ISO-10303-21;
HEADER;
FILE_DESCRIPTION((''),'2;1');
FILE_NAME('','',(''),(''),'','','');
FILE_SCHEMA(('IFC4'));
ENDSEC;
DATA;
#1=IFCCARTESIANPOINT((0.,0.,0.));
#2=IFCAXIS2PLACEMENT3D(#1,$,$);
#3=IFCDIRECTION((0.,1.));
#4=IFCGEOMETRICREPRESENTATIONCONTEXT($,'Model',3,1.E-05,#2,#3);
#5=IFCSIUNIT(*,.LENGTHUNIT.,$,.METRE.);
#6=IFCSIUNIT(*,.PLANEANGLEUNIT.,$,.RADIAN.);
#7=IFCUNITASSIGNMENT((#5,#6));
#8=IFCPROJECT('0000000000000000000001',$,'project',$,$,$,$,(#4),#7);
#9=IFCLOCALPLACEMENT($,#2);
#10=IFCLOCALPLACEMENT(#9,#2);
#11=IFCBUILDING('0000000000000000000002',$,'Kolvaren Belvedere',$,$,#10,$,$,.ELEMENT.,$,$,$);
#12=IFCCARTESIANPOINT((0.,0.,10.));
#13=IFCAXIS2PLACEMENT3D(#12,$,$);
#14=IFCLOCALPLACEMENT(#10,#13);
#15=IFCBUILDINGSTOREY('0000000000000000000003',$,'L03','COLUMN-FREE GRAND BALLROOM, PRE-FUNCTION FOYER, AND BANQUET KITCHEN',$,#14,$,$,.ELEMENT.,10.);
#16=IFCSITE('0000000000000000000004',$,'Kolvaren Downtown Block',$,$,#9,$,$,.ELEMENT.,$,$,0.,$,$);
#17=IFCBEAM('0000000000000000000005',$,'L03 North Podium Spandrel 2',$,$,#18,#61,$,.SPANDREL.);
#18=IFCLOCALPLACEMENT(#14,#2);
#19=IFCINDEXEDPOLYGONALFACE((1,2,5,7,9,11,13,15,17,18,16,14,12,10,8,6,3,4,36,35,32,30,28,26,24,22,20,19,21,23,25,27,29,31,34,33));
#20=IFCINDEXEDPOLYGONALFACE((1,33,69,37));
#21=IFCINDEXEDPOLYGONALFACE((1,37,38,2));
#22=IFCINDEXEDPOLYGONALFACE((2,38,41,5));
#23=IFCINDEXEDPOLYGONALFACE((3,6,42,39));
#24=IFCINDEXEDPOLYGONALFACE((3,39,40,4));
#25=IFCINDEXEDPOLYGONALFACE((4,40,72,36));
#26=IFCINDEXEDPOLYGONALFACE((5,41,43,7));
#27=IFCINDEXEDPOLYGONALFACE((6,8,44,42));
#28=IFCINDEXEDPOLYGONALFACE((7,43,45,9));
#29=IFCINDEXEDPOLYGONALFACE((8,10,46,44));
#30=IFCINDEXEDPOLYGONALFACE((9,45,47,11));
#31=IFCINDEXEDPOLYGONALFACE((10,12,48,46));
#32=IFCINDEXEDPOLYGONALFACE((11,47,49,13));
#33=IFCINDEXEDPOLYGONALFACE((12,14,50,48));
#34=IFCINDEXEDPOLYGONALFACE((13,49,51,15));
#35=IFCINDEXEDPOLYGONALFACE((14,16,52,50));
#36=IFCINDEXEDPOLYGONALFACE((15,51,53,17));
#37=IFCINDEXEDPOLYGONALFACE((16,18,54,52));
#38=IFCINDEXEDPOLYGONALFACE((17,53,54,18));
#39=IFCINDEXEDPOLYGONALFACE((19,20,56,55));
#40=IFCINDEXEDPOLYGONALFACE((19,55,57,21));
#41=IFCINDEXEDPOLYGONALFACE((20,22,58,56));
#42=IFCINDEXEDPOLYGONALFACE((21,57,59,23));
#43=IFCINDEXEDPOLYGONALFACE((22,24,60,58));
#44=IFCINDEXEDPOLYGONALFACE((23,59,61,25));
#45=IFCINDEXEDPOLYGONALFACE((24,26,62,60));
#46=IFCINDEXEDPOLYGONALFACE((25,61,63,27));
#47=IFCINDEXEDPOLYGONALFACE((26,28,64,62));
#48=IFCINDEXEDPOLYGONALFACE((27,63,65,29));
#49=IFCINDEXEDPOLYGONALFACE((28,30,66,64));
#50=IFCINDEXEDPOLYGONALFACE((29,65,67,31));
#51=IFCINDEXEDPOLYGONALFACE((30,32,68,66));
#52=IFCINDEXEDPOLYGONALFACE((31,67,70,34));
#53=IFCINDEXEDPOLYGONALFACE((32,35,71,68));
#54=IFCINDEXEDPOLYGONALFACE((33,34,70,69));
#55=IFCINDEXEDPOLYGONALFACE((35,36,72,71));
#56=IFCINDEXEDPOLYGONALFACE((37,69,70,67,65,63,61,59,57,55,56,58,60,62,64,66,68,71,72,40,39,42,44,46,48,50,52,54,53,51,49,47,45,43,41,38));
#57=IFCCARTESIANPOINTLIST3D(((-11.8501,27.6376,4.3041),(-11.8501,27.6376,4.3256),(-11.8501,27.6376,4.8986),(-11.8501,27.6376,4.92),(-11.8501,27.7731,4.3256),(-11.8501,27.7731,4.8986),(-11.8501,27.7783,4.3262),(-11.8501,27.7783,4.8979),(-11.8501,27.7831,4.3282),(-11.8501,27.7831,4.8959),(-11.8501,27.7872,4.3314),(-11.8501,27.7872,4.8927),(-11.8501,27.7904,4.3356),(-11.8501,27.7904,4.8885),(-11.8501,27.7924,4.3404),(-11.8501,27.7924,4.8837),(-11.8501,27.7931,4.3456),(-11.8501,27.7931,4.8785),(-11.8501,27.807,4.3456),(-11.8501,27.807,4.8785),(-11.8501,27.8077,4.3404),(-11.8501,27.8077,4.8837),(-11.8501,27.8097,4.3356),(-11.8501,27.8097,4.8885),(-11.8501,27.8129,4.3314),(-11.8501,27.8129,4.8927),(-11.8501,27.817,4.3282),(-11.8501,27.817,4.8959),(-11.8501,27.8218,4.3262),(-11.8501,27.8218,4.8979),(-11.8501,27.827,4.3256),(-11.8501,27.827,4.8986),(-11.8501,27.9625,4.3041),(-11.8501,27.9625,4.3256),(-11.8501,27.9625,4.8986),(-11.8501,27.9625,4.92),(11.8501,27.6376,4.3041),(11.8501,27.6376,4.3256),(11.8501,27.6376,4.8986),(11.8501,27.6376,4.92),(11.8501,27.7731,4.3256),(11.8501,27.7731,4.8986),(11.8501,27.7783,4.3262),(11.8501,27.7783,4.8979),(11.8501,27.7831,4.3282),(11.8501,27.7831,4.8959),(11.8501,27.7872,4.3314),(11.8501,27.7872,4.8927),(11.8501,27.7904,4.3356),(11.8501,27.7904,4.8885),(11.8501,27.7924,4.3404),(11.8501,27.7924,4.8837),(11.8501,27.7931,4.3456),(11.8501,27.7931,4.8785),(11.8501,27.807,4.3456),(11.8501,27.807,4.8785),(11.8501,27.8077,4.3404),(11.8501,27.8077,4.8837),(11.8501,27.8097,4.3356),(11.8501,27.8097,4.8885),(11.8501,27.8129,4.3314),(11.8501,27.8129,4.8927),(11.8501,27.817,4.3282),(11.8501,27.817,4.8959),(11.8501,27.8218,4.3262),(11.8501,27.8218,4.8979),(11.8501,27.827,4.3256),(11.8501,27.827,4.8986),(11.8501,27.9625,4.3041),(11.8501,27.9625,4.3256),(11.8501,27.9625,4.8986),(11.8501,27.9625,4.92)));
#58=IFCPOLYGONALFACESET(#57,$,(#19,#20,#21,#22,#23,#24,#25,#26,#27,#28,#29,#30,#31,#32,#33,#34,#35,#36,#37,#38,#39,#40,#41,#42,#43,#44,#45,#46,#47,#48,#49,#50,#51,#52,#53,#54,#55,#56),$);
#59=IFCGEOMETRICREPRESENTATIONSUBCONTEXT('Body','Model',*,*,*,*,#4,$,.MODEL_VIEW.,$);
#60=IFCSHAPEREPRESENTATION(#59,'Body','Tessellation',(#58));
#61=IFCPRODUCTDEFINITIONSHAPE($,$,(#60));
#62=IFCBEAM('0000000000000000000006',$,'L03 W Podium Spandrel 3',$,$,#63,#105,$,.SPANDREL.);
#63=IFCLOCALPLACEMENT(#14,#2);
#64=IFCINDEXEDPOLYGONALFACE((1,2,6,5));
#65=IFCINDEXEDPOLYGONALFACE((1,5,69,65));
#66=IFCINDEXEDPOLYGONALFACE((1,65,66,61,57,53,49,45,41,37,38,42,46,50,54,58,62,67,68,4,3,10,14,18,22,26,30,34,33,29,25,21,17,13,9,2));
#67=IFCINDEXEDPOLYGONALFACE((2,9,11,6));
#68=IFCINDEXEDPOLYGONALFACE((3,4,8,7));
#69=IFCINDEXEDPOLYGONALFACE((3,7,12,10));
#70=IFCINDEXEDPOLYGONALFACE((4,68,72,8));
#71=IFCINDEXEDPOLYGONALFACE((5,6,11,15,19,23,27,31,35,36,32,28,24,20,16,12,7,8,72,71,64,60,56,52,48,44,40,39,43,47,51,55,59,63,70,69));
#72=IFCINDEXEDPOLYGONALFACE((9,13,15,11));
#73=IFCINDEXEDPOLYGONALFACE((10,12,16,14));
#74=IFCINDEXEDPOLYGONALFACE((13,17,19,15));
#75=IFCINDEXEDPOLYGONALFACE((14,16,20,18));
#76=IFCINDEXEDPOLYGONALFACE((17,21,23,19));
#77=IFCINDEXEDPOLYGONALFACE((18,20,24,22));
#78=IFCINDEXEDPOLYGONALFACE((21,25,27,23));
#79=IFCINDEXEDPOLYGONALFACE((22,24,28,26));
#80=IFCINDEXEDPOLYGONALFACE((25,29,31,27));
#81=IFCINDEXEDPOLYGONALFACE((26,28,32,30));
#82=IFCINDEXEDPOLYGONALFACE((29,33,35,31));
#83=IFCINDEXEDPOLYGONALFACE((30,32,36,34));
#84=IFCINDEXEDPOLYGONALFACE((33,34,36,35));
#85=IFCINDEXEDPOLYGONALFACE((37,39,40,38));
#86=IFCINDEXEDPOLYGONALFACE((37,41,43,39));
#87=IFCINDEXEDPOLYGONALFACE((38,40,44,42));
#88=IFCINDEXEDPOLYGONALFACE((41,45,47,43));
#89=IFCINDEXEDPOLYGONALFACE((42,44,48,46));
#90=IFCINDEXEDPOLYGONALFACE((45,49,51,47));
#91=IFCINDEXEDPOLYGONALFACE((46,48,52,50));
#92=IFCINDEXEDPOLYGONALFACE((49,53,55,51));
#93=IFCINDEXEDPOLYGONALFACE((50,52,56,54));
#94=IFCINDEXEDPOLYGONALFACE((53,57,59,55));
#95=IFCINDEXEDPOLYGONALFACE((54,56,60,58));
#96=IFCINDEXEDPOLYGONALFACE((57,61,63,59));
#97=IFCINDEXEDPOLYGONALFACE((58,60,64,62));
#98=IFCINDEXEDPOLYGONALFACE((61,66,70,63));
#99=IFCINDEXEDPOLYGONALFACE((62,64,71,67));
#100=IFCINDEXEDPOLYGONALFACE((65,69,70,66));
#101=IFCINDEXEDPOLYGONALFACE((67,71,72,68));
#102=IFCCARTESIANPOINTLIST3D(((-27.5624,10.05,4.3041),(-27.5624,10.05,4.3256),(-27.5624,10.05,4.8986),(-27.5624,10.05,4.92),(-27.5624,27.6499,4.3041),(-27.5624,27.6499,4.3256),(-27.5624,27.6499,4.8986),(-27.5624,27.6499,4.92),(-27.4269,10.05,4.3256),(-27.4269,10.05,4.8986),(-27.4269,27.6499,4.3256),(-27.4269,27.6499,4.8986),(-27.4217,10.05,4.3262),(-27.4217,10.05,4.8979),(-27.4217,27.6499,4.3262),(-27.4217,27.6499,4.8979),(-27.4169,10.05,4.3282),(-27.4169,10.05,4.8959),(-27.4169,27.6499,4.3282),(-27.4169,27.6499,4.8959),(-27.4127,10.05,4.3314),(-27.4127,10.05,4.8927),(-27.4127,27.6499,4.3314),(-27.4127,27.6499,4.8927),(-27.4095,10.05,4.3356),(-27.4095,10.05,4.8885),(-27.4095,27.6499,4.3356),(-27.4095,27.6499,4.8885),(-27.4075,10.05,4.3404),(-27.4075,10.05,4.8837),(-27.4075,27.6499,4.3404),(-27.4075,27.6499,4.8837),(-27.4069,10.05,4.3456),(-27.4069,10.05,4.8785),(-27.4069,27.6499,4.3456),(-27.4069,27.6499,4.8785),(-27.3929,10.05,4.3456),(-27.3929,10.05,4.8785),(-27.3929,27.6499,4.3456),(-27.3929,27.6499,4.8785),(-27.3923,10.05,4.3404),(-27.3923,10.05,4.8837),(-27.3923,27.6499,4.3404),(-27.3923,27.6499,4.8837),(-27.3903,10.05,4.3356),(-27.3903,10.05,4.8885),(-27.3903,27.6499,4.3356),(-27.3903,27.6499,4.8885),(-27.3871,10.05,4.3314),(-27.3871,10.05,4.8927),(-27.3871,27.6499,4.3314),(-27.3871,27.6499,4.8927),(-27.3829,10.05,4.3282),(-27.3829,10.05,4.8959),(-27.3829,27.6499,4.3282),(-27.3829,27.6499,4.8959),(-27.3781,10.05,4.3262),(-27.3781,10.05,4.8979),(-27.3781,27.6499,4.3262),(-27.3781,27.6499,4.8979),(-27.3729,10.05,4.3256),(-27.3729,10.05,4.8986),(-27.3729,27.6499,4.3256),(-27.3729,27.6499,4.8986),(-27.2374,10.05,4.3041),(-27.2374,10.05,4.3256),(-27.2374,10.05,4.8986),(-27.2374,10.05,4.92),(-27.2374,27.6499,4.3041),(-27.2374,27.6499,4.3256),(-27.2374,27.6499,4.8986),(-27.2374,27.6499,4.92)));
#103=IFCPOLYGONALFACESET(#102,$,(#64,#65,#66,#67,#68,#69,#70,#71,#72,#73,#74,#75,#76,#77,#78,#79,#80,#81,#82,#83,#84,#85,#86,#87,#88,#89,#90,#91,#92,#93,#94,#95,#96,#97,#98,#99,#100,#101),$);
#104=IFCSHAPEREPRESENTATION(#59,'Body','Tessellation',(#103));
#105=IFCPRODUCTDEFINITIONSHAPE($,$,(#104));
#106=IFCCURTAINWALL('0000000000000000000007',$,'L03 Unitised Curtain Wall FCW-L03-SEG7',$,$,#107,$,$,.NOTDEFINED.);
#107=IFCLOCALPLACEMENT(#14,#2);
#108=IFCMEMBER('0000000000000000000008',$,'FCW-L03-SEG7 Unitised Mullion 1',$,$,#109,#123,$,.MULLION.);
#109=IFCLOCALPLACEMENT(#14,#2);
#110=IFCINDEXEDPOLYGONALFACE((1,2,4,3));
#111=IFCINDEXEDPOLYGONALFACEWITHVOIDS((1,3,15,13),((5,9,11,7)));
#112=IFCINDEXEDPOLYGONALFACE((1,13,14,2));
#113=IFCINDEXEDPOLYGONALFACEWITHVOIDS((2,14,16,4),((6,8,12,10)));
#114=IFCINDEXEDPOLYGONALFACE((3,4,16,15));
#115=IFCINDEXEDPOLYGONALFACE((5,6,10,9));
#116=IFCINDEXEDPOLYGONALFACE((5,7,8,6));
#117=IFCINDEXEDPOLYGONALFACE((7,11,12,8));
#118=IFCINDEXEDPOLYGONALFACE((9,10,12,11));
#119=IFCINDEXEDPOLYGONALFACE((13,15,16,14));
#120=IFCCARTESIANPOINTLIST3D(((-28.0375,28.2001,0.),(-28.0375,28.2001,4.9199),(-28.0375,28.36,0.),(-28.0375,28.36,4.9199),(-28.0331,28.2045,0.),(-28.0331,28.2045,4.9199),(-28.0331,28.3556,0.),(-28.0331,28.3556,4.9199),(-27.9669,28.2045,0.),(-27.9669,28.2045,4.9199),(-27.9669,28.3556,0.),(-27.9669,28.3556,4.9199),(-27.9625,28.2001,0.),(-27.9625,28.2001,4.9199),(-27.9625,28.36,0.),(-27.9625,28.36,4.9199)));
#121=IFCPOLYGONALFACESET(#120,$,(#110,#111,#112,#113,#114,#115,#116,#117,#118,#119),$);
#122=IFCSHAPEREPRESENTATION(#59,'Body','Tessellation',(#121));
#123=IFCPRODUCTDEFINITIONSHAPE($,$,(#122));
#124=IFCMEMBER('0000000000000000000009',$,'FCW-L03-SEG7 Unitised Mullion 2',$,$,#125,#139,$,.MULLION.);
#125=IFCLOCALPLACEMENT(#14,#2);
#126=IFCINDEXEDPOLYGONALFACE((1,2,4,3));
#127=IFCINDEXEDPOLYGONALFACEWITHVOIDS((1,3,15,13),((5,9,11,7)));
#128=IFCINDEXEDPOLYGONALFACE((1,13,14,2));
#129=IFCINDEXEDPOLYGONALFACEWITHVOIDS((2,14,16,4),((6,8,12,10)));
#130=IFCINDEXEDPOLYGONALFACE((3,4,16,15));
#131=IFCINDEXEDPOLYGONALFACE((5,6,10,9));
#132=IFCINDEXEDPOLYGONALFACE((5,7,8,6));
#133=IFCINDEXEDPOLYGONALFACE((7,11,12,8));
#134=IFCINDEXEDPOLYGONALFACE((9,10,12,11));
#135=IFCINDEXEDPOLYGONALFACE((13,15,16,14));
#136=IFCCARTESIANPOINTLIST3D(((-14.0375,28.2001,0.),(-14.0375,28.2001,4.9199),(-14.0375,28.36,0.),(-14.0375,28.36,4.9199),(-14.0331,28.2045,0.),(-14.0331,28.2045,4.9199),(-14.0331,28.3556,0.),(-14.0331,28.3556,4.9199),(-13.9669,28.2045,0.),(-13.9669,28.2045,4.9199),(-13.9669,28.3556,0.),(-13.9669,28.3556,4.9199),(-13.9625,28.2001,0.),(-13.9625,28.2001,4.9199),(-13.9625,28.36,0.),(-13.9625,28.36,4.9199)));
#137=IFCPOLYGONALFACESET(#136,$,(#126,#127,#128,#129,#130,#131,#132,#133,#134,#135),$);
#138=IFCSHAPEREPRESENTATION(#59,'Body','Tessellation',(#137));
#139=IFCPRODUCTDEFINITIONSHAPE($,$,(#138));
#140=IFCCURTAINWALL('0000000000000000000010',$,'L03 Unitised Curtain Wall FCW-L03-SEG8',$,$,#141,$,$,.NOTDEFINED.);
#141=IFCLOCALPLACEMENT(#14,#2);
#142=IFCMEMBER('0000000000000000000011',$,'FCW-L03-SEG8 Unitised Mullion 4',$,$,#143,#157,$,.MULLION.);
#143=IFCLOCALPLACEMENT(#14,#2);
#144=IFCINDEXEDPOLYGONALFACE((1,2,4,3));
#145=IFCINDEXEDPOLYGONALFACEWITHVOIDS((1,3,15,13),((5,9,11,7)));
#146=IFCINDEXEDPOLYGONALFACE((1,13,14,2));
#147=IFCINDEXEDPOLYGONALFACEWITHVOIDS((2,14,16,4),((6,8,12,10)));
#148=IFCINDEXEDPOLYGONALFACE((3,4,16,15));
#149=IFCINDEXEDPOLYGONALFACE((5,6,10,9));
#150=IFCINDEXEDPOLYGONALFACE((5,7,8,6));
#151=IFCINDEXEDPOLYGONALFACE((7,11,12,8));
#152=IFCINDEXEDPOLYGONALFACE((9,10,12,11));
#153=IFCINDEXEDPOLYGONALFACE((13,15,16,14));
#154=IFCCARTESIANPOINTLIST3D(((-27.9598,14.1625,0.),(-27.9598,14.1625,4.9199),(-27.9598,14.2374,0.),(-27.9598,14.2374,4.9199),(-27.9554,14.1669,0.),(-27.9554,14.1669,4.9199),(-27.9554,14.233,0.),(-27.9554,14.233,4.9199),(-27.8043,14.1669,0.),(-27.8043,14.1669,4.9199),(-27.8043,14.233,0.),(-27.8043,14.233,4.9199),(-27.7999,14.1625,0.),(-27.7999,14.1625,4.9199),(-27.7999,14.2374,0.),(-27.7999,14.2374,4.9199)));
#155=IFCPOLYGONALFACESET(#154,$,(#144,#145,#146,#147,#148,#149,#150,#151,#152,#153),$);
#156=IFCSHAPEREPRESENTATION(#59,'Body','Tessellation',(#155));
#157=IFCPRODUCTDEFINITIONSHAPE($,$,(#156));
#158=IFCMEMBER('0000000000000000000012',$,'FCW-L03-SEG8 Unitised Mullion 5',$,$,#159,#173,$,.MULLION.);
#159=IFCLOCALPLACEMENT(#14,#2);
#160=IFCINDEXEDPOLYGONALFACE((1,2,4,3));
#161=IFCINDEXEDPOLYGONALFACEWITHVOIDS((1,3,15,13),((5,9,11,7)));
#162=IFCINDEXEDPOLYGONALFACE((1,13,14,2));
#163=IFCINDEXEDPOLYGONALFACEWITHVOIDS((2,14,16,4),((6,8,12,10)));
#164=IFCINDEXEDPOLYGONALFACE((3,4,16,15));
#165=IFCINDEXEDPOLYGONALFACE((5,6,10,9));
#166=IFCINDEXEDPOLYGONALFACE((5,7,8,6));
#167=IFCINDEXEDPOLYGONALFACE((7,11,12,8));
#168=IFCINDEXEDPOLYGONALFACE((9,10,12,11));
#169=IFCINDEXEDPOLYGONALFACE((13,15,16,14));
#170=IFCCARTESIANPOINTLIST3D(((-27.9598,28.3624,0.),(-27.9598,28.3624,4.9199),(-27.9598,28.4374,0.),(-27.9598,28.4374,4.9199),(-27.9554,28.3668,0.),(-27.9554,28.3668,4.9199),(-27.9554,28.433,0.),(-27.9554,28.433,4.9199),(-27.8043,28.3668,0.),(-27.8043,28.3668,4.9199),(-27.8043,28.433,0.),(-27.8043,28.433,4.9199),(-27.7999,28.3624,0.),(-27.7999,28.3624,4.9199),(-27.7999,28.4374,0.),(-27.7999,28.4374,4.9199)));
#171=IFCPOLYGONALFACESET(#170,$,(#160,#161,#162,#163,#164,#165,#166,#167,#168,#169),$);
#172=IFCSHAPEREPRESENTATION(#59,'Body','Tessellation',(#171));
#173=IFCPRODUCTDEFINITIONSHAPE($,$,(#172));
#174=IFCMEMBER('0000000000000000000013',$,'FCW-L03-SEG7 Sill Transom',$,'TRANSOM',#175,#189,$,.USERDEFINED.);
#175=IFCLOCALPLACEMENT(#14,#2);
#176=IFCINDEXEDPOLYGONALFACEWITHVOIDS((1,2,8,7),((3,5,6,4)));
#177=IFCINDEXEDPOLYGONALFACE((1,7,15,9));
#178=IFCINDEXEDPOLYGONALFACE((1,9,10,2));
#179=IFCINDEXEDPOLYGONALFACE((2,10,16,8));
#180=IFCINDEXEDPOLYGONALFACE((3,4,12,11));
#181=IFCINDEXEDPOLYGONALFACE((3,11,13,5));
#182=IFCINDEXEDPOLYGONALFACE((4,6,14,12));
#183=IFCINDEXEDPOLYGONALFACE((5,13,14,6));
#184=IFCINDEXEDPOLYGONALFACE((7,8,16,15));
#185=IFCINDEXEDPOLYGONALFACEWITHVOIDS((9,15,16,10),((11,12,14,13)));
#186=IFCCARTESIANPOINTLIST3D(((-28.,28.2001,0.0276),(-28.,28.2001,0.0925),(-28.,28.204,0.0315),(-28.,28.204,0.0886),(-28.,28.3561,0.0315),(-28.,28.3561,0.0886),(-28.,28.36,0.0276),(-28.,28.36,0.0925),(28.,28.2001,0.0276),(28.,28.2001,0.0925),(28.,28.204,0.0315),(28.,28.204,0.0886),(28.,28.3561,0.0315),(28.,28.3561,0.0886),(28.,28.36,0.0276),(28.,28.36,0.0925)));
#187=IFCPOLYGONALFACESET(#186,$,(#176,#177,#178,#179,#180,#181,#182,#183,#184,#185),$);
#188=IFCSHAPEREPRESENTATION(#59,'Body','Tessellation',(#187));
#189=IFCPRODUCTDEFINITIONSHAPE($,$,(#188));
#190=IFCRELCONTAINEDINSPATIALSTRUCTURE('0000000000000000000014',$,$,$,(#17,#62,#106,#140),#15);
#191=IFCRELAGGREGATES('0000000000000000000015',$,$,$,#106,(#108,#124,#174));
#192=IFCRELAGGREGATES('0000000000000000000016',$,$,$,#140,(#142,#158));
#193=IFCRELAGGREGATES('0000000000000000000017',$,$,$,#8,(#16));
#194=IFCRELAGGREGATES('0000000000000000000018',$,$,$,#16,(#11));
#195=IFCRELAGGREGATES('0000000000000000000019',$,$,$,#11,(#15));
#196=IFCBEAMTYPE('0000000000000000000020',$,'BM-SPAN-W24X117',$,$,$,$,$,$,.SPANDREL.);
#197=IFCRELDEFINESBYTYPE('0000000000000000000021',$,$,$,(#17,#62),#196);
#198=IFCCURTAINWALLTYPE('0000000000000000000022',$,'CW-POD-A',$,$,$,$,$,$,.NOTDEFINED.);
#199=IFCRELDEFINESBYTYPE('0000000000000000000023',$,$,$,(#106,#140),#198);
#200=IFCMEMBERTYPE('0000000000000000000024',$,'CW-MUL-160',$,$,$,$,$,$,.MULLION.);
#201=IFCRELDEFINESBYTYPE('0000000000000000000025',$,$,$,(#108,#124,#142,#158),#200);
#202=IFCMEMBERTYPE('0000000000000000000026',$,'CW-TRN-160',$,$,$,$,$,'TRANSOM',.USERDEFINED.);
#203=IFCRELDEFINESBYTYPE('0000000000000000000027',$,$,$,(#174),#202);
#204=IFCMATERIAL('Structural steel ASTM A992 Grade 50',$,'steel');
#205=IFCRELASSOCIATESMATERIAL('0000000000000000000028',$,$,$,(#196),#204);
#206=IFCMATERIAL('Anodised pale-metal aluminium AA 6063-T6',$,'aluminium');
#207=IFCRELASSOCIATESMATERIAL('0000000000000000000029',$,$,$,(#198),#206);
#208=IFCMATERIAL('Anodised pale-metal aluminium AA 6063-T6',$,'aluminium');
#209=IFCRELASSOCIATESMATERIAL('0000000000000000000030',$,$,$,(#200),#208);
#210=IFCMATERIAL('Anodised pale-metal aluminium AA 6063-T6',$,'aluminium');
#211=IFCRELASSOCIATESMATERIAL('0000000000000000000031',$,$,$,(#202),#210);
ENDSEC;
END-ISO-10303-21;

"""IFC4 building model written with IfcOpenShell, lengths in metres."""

from ifc_helpers import new_model, si_unit, direction, frame, origin, origin_2d, place, context, subcontext, project, spatial, hollow_rectangle, i_section, extrude, material, material_profile, profile_set, type_object, element, aggregate, save


model = new_model("IFC4")

# Units and contexts
model_context = context("Model", 3, precision=1e-05, world=origin(), true_north=direction((0.0, 1.0)))
body_context = subcontext(model_context, "Body", "Model", "MODEL_VIEW")
ifc_project = project(units=[si_unit("LENGTHUNIT", "METRE"), si_unit("PLANEANGLEUNIT", "RADIAN")], contexts=[model_context])

# Site, building, storey
site_placement = place(None, origin())
site = spatial("IfcSite", under=ifc_project, at=site_placement, Name="Kolvaren Downtown Block", CompositionType="ELEMENT", RefElevation=0.0)
building_placement = place(site_placement, origin())
building = spatial("IfcBuilding", under=site, at=building_placement, Name="Kolvaren Belvedere", CompositionType="ELEMENT")
storey_placement = place(building_placement, frame((0.0, 0.0, 10.0)))
storey = spatial("IfcBuildingStorey", under=building, at=storey_placement, Name="L03", Description="COLUMN-FREE GRAND BALLROOM, PRE-FUNCTION FOYER, AND BANQUET KITCHEN", CompositionType="ELEMENT", Elevation=10.0)

# Beams
ifc_material_1 = material(Name="Structural steel ASTM A992 Grade 50", Category="steel")
ifc_material_profile_1 = material_profile(ifc_material_1, i_section(OverallWidth=0.325, OverallDepth=0.616, WebThickness=0.0139, FlangeThickness=0.0215, FilletRadius=0.02, at=origin_2d()), Name="W24X117")
ifc_profile_set_1 = profile_set([ifc_material_profile_1], Name="Structural steel ASTM A992 Grade 50")
beam_type_1 = type_object("IfcBeamType", Name="BM-SPAN-W24X117", PredefinedType="SPANDREL", material=ifc_profile_set_1)
beam_1_placement = place(storey_placement, frame((-11.8501, 27.8, 4.6121), z_axis=(1.0, 0.0, 0.0), x_axis=(0.0, 1.0, 0.0)))
element("IfcBeam", 1, at=beam_1_placement, inside=storey, type_object=beam_type_1, Name="L03 North Podium Spandrel 2", PredefinedType="SPANDREL", context=body_context, shape_type="SweptSolid", body=[
    extrude(i_section(OverallWidth=0.325, OverallDepth=0.616, WebThickness=0.0139, FlangeThickness=0.0215, FilletRadius=0.02, at=origin_2d()), origin(), (0.0, 0.0, 1.0), 23.7002),
])
beam_2_placement = place(storey_placement, frame((-27.3999, 10.05, 4.6121), z_axis=(0.0, 1.0, 0.0), x_axis=(-1.0, 0.0, 0.0)))
element("IfcBeam", 2, at=beam_2_placement, inside=storey, type_object=beam_type_1, Name="L03 W Podium Spandrel 3", PredefinedType="SPANDREL", context=body_context, shape_type="SweptSolid", body=[
    extrude(i_section(OverallWidth=0.325, OverallDepth=0.616, WebThickness=0.0139, FlangeThickness=0.0215, FilletRadius=0.02, at=origin_2d()), origin(), (0.0, 0.0, 1.0), 17.5999),
])

# Curtain walls, members
ifc_material_2 = material(Name="Anodised pale-metal aluminium AA 6063-T6", Category="aluminium")
curtain_wall_type = type_object("IfcCurtainWallType", Name="CW-POD-A", PredefinedType="NOTDEFINED", material=ifc_material_2)
curtain_wall_1_placement = place(storey_placement, origin())
curtain_wall_1 = element("IfcCurtainWall", 3, at=curtain_wall_1_placement, inside=storey, type_object=curtain_wall_type, Name="L03 Unitised Curtain Wall FCW-L03-SEG7", PredefinedType="NOTDEFINED")
ifc_material_3 = material(Name="Anodised pale-metal aluminium AA 6063-T6", Category="aluminium")
ifc_material_profile_2 = material_profile(ifc_material_3, hollow_rectangle(XDim=0.075, YDim=0.1599, WallThickness=0.0044, at=origin_2d()), Name="ALU-MUL-160X75")
ifc_profile_set_2 = profile_set([ifc_material_profile_2], Name="Anodised pale-metal aluminium AA 6063-T6")
member_type_1 = type_object("IfcMemberType", Name="CW-MUL-160", PredefinedType="MULLION", material=ifc_profile_set_2)
member_1_placement = place(storey_placement, frame((-28.0, 28.28, 0.0), z_axis=(0.0, 0.0, 1.0), x_axis=(1.0, 0.0, 0.0)))
member_1 = element("IfcMember", 4, at=member_1_placement, type_object=member_type_1, Name="FCW-L03-SEG7 Unitised Mullion 1", PredefinedType="MULLION", context=body_context, shape_type="SweptSolid", body=[
    extrude(hollow_rectangle(XDim=0.075, YDim=0.1599, WallThickness=0.0044, at=origin_2d()), origin(), (0.0, 0.0, 1.0), 4.9199),
])
member_2_placement = place(storey_placement, frame((-14.0, 28.28, 0.0), z_axis=(0.0, 0.0, 1.0), x_axis=(1.0, 0.0, 0.0)))
member_2 = element("IfcMember", 5, at=member_2_placement, type_object=member_type_1, Name="FCW-L03-SEG7 Unitised Mullion 2", PredefinedType="MULLION", context=body_context, shape_type="SweptSolid", body=[
    extrude(hollow_rectangle(XDim=0.075, YDim=0.1599, WallThickness=0.0044, at=origin_2d()), origin(), (0.0, 0.0, 1.0), 4.9199),
])
curtain_wall_2_placement = place(storey_placement, origin())
curtain_wall_2 = element("IfcCurtainWall", 6, at=curtain_wall_2_placement, inside=storey, type_object=curtain_wall_type, Name="L03 Unitised Curtain Wall FCW-L03-SEG8", PredefinedType="NOTDEFINED")
member_3_placement = place(storey_placement, frame((-27.8799, 14.2, 0.0), z_axis=(0.0, 0.0, 1.0), x_axis=(0.0, 1.0, 0.0)))
member_3 = element("IfcMember", 7, at=member_3_placement, type_object=member_type_1, Name="FCW-L03-SEG8 Unitised Mullion 4", PredefinedType="MULLION", context=body_context, shape_type="SweptSolid", body=[
    extrude(hollow_rectangle(XDim=0.075, YDim=0.1599, WallThickness=0.0044, at=origin_2d()), origin(), (0.0, 0.0, 1.0), 4.9199),
])
member_4_placement = place(storey_placement, frame((-27.8799, 28.3999, 0.0), z_axis=(0.0, 0.0, 1.0), x_axis=(0.0, 1.0, 0.0)))
member_4 = element("IfcMember", 8, at=member_4_placement, type_object=member_type_1, Name="FCW-L03-SEG8 Unitised Mullion 5", PredefinedType="MULLION", context=body_context, shape_type="SweptSolid", body=[
    extrude(hollow_rectangle(XDim=0.075, YDim=0.1599, WallThickness=0.0044, at=origin_2d()), origin(), (0.0, 0.0, 1.0), 4.9199),
])

# Member
ifc_material_4 = material(Name="Anodised pale-metal aluminium AA 6063-T6", Category="aluminium")
ifc_material_profile_3 = material_profile(ifc_material_4, hollow_rectangle(XDim=0.0649, YDim=0.1599, WallThickness=0.0039, at=origin_2d()), Name="ALU-TRN-160X65")
ifc_profile_set_3 = profile_set([ifc_material_profile_3], Name="Anodised pale-metal aluminium AA 6063-T6")
member_type_2 = type_object("IfcMemberType", Name="CW-TRN-160", ElementType="TRANSOM", PredefinedType="USERDEFINED", material=ifc_profile_set_3)
member_5_placement = place(storey_placement, frame((-28.0, 28.28, 0.0601), z_axis=(1.0, 0.0, 0.0), x_axis=(0.0, 0.0, 1.0)))
member_5 = element("IfcMember", 9, at=member_5_placement, type_object=member_type_2, Name="FCW-L03-SEG7 Sill Transom", ObjectType="TRANSOM", PredefinedType="USERDEFINED", context=body_context, shape_type="SweptSolid", body=[
    extrude(hollow_rectangle(XDim=0.0649, YDim=0.1599, WallThickness=0.0039, at=origin_2d()), origin(), (0.0, 0.0, 1.0), 56.0),
])

aggregate(curtain_wall_1, [member_1, member_2, member_5])
aggregate(curtain_wall_2, [member_3, member_4])

save(model, "model.ifc")
